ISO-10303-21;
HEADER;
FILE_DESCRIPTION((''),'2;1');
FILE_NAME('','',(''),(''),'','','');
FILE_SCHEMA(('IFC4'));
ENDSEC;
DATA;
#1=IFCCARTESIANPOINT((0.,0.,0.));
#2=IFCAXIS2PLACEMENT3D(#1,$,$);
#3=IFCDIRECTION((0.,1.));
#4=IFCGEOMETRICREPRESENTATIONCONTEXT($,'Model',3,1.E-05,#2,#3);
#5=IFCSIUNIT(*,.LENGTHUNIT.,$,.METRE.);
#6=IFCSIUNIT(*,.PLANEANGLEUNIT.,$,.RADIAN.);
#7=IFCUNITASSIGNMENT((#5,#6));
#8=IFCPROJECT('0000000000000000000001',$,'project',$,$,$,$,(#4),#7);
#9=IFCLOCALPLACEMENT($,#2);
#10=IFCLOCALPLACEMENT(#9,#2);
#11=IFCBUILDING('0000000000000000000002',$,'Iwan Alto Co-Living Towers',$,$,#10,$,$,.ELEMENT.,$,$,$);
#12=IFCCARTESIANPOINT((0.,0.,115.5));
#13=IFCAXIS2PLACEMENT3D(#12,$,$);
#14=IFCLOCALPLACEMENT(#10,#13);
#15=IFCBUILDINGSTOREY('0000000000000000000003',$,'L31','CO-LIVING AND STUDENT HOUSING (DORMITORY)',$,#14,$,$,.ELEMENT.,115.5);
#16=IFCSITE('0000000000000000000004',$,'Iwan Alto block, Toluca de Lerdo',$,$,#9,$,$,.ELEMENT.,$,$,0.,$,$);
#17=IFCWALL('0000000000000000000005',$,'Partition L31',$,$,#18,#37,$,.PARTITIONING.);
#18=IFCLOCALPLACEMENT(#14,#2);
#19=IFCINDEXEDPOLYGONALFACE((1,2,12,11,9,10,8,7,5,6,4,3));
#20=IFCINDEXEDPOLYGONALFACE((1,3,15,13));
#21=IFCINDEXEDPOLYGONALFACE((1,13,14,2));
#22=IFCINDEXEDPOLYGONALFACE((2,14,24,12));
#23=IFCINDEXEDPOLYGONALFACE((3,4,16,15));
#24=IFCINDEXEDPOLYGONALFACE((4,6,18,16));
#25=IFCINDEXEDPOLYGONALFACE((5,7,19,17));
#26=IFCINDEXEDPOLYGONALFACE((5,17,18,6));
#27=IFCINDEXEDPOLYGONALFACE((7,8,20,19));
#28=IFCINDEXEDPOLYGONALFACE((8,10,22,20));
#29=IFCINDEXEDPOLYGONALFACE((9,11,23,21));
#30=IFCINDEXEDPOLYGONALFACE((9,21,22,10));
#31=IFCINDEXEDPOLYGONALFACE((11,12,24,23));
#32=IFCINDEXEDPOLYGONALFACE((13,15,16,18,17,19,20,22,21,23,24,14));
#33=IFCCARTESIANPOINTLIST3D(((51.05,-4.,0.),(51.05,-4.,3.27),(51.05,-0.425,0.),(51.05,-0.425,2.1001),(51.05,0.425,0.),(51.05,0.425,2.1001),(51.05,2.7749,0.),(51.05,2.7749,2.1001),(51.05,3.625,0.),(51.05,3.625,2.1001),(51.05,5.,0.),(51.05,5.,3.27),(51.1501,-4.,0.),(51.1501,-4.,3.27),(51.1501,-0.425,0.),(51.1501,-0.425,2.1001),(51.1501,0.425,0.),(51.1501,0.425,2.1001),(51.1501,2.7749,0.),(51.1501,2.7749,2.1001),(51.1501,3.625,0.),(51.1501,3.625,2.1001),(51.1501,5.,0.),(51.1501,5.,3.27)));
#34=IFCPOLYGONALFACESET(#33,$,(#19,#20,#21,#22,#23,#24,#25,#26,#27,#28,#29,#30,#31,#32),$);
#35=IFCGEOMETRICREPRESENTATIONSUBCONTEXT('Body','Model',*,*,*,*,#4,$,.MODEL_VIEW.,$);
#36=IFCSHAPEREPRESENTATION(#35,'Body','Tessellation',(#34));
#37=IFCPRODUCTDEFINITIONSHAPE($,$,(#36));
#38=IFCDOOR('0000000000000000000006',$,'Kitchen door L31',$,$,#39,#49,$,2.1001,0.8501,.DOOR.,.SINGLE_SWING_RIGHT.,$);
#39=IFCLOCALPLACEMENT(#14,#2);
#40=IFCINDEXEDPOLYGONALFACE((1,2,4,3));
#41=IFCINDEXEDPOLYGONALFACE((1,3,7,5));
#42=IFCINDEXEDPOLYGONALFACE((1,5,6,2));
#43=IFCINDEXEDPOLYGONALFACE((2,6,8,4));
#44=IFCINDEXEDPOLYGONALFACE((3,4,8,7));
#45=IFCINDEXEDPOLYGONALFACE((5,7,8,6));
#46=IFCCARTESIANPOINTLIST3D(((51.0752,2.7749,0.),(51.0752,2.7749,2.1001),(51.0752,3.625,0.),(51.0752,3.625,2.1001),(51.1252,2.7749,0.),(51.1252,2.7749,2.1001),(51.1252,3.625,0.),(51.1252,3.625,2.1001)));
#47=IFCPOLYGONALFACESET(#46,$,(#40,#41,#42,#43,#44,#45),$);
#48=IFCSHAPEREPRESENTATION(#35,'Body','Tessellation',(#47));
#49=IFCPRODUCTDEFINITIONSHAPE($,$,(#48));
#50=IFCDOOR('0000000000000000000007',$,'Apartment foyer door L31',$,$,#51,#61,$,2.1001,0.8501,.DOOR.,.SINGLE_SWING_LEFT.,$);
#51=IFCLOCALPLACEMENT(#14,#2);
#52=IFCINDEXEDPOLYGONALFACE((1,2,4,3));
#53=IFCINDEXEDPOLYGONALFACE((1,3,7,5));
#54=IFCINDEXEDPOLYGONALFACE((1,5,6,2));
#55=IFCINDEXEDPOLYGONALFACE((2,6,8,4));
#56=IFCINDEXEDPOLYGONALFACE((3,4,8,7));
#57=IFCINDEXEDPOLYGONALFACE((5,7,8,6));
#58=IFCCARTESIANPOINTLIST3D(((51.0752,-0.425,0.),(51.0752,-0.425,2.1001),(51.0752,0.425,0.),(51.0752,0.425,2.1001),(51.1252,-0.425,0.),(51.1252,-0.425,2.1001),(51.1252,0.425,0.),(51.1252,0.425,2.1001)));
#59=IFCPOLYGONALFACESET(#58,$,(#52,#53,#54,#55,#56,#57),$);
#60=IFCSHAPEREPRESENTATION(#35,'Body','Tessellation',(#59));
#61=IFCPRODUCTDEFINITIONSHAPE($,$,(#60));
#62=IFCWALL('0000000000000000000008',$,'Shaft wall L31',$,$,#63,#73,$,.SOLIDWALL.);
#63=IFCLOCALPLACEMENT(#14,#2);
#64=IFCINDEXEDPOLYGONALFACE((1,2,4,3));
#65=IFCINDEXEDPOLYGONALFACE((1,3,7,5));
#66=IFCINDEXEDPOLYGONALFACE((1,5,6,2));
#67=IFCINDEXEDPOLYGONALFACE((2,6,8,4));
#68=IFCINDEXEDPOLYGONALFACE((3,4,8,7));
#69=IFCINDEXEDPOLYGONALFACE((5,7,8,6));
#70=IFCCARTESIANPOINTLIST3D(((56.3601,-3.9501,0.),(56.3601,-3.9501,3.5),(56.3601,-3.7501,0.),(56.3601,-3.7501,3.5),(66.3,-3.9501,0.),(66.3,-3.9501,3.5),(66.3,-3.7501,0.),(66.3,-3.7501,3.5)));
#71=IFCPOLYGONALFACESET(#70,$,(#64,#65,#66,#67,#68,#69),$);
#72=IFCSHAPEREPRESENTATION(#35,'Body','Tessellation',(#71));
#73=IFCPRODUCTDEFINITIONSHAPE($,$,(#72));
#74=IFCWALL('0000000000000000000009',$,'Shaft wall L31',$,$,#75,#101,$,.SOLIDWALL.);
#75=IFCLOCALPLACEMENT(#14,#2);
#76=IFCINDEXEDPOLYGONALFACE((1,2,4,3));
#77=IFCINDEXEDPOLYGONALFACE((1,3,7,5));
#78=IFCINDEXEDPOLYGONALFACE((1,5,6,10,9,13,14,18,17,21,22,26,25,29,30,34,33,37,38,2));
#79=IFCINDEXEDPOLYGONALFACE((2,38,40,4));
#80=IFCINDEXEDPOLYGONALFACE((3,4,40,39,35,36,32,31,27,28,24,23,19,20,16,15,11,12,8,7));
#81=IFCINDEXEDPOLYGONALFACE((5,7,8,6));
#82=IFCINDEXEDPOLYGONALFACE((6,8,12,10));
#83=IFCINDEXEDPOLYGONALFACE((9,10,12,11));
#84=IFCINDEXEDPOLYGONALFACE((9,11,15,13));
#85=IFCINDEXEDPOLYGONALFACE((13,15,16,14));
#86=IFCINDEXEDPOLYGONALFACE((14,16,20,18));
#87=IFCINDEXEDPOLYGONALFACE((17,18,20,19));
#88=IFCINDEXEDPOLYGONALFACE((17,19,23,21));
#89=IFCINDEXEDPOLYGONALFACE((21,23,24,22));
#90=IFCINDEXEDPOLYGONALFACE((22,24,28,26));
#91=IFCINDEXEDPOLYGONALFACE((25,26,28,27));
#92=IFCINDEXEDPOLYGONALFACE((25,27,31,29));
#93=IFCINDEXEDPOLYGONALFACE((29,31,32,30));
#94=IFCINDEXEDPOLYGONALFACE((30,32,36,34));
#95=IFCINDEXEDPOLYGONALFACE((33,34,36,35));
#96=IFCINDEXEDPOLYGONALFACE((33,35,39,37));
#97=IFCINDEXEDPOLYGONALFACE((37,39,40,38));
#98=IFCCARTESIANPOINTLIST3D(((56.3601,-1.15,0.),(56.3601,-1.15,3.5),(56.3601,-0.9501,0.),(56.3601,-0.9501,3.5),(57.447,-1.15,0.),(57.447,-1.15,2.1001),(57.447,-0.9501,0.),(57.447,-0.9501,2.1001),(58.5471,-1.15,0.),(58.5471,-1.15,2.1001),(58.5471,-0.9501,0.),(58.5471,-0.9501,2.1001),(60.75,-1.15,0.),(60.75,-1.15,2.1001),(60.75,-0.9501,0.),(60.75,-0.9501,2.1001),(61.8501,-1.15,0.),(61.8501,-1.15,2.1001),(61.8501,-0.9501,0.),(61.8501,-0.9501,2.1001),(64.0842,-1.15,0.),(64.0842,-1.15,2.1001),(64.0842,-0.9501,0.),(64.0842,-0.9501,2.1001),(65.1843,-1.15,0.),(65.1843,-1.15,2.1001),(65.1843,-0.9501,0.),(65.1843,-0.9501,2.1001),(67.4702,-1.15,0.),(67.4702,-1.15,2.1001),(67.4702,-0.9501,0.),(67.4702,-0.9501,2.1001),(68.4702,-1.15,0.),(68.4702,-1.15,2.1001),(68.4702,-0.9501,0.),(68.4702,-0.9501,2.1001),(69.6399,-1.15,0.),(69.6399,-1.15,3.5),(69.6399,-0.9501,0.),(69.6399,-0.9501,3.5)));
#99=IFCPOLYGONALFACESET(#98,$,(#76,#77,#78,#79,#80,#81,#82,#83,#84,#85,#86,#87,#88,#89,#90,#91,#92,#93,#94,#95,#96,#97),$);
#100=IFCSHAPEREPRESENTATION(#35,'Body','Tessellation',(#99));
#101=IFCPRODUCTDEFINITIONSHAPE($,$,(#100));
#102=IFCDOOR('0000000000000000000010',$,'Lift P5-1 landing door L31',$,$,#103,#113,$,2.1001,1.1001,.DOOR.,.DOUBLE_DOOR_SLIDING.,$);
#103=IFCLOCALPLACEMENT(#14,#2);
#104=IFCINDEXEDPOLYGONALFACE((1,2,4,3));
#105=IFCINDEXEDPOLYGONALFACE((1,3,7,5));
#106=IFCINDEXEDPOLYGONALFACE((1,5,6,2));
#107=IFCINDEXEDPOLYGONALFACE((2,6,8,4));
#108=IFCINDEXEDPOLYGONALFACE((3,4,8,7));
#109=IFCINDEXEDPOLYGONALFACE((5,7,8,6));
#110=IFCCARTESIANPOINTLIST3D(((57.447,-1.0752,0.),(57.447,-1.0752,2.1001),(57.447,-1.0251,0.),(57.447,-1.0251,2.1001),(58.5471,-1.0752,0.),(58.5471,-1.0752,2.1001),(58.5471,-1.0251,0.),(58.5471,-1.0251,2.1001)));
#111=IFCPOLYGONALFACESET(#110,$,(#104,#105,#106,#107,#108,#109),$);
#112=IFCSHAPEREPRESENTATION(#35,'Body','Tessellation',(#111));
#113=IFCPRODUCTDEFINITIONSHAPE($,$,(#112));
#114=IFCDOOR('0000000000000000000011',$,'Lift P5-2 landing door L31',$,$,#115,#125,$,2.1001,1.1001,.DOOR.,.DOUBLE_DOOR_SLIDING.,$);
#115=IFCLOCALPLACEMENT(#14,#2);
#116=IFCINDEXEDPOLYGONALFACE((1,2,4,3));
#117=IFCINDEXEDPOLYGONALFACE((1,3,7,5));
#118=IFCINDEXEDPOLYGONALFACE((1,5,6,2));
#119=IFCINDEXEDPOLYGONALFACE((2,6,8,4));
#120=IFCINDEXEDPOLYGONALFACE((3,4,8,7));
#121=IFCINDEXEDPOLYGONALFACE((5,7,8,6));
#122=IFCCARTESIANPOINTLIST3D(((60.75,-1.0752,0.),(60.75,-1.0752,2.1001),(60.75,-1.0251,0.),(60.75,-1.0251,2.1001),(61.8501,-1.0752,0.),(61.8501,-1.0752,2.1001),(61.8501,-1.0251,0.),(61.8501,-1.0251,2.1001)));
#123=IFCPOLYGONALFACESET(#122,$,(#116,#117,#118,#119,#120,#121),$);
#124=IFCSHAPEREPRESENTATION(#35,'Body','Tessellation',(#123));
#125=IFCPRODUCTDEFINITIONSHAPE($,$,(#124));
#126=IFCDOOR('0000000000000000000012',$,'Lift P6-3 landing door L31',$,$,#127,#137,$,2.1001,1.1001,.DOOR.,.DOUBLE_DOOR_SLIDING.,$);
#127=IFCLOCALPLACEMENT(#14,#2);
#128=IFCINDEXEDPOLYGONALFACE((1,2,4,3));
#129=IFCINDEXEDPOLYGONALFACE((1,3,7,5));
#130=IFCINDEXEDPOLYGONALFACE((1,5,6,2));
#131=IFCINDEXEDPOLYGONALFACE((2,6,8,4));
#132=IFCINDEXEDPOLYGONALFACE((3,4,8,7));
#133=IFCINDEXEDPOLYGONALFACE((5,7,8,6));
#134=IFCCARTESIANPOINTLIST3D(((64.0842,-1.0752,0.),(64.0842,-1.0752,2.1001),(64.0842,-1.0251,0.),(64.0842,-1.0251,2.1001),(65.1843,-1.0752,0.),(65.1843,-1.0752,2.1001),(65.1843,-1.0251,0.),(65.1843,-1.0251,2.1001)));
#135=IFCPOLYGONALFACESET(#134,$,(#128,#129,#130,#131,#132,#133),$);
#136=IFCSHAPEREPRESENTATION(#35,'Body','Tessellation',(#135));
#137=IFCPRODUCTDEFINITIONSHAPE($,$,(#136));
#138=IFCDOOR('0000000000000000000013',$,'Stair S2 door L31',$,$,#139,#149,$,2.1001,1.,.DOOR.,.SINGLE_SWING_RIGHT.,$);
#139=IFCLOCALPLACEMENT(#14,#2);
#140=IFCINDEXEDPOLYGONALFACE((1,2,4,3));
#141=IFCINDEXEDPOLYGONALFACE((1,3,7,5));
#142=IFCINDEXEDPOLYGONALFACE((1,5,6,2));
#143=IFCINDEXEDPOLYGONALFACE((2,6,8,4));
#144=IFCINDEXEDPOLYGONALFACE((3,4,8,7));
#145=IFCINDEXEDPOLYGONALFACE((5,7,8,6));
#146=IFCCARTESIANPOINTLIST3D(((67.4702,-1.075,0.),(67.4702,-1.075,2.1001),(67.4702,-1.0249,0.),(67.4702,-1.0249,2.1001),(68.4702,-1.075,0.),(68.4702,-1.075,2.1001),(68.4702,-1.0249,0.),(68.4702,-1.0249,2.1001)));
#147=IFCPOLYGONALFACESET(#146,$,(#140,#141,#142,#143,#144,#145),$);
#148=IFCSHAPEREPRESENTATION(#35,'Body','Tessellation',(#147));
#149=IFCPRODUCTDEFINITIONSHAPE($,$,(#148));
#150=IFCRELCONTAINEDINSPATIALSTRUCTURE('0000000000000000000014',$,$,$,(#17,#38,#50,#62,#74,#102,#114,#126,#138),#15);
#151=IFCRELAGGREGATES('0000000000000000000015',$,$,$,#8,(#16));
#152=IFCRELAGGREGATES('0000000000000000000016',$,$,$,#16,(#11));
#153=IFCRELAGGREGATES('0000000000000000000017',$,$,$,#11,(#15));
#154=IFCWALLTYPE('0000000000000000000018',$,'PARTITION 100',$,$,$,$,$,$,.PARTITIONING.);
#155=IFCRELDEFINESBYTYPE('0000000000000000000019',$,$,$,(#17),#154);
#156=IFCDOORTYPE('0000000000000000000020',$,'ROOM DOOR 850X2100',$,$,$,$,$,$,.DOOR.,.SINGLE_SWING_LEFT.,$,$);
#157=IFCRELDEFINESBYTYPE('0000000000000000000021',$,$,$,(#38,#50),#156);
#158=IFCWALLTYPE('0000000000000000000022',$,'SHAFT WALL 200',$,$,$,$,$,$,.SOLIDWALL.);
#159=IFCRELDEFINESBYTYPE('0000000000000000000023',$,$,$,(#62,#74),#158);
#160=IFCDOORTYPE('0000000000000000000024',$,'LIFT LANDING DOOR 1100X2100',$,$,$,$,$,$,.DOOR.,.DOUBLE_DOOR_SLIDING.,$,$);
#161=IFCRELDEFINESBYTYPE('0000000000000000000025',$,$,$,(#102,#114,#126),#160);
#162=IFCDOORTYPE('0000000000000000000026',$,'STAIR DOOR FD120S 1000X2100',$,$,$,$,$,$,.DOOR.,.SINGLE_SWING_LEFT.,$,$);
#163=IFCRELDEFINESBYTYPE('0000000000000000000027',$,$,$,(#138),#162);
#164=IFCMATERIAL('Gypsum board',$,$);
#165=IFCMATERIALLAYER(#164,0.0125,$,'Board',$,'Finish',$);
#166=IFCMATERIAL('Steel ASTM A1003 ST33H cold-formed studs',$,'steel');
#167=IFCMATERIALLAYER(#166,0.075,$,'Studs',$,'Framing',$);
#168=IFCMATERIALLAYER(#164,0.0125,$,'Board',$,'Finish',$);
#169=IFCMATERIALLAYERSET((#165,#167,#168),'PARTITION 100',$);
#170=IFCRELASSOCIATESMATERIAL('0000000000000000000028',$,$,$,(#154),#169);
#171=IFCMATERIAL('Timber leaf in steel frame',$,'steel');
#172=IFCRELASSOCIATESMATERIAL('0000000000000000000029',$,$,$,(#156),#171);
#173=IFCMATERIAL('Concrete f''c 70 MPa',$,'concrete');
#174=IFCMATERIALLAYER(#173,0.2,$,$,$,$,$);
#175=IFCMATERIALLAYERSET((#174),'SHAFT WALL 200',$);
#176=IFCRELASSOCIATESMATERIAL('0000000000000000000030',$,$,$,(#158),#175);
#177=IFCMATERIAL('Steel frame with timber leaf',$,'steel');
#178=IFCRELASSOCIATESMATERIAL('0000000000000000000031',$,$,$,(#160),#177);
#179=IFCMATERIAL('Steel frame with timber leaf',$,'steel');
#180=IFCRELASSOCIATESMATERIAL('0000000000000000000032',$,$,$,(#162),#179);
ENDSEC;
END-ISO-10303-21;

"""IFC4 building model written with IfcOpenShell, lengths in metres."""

from ifc_helpers import new_model, si_unit, direction, frame, frame_2d, origin, place, context, subcontext, project, spatial, rectangle, extrude, material, layer, layer_set, type_object, element, fill, save


model = new_model("IFC4")

# Units and contexts
model_context = context("Model", 3, precision=1e-05, world=origin(), true_north=direction((0.0, 1.0)))
body_context = subcontext(model_context, "Body", "Model", "MODEL_VIEW")
ifc_project = project(units=[si_unit("LENGTHUNIT", "METRE"), si_unit("PLANEANGLEUNIT", "RADIAN")], contexts=[model_context])

# Site, building, storey
site_placement = place(None, origin())
site = spatial("IfcSite", under=ifc_project, at=site_placement, Name="Iwan Alto block, Toluca de Lerdo", CompositionType="ELEMENT", RefElevation=0.0)
building_placement = place(site_placement, origin())
building = spatial("IfcBuilding", under=site, at=building_placement, Name="Iwan Alto Co-Living Towers", CompositionType="ELEMENT")
storey_placement = place(building_placement, frame((0.0, 0.0, 115.5)))
storey = spatial("IfcBuildingStorey", under=building, at=storey_placement, Name="L31", Description="CO-LIVING AND STUDENT HOUSING (DORMITORY)", CompositionType="ELEMENT", Elevation=115.5)

# Shared definitions
ifc_material_1 = material(Name="Gypsum board")
ifc_layer_1 = layer(ifc_material_1, 0.0125, Name="Board", Category="Finish")
ifc_material_2 = material(Name="Steel ASTM A1003 ST33H cold-formed studs", Category="steel")
ifc_layer_2 = layer(ifc_material_2, 0.075, Name="Studs", Category="Framing")
ifc_layer_3 = layer(ifc_material_1, 0.0125, Name="Board", Category="Finish")
ifc_layer_set_1 = layer_set([ifc_layer_1, ifc_layer_2, ifc_layer_3], Name="PARTITION 100")
wall_type_1 = type_object("IfcWallType", Name="PARTITION 100", PredefinedType="PARTITIONING", material=ifc_layer_set_1)

# Wall, openings, doors
wall_1_placement = place(storey_placement, frame((51.1001, -4.0, 0.0), z_axis=(0.0, 0.0, 1.0), x_axis=(0.0, 1.0, 0.0)))
wall_1 = element("IfcWall", 1, at=wall_1_placement, inside=storey, type_object=wall_type_1, Name="Partition L31", PredefinedType="PARTITIONING", context=body_context, shape_type="SweptSolid", body=[
    extrude(rectangle(XDim=9.0, YDim=0.1001, at=frame_2d((4.5, 0.0))), origin(), (0.0, 0.0, 1.0), 3.27),
])
opening_1_placement = place(wall_1_placement, frame((6.7749, 0.0, 0.0)))
opening_1 = element("IfcOpeningElement", 2, at=opening_1_placement, cuts=wall_1, PredefinedType="OPENING", context=body_context, shape_type="SweptSolid", body=[
    extrude(rectangle(XDim=0.8501, YDim=2.1001, at=frame_2d((0.425, 1.05))), frame((0.0, 0.0601, 0.0), z_axis=(0.0, -1.0, 0.0), x_axis=(1.0, 0.0, 0.0)), (0.0, 0.0, 1.0), 0.1201),
])
opening_2_placement = place(wall_1_placement, frame((3.575, 0.0, 0.0)))
opening_2 = element("IfcOpeningElement", 3, at=opening_2_placement, cuts=wall_1, PredefinedType="OPENING", context=body_context, shape_type="SweptSolid", body=[
    extrude(rectangle(XDim=0.8501, YDim=2.1001, at=frame_2d((0.425, 1.05))), frame((0.0, 0.0601, 0.0), z_axis=(0.0, -1.0, 0.0), x_axis=(1.0, 0.0, 0.0)), (0.0, 0.0, 1.0), 0.1201),
])
ifc_material_3 = material(Name="Timber leaf in steel frame", Category="steel")
door_type_1 = type_object("IfcDoorType", Name="ROOM DOOR 850X2100", OperationType="SINGLE_SWING_LEFT", PredefinedType="DOOR", material=ifc_material_3)
door_1_placement = place(opening_1_placement, origin())
door_1 = element("IfcDoor", 4, at=door_1_placement, inside=storey, type_object=door_type_1, Name="Kitchen door L31", OperationType="SINGLE_SWING_RIGHT", OverallHeight=2.1001, OverallWidth=0.8501, PredefinedType="DOOR", context=body_context, shape_type="SweptSolid", body=[
    extrude(rectangle(XDim=0.8501, YDim=2.1001, at=frame_2d((0.425, 1.05))), frame((0.0, 0.0249, 0.0), z_axis=(0.0, -1.0, 0.0), x_axis=(1.0, 0.0, 0.0)), (0.0, 0.0, 1.0), 0.05),
])
fill(opening_1, door_1)
door_2_placement = place(opening_2_placement, origin())
door_2 = element("IfcDoor", 5, at=door_2_placement, inside=storey, type_object=door_type_1, Name="Apartment foyer door L31", OperationType="SINGLE_SWING_LEFT", OverallHeight=2.1001, OverallWidth=0.8501, PredefinedType="DOOR", context=body_context, shape_type="SweptSolid", body=[
    extrude(rectangle(XDim=0.8501, YDim=2.1001, at=frame_2d((0.425, 1.05))), frame((0.0, 0.0249, 0.0), z_axis=(0.0, -1.0, 0.0), x_axis=(1.0, 0.0, 0.0)), (0.0, 0.0, 1.0), 0.05),
])
fill(opening_2, door_2)

# Wall
ifc_material_4 = material(Name="Concrete f'c 70 MPa", Category="concrete")
ifc_layer_4 = layer(ifc_material_4, 0.2)
ifc_layer_set_2 = layer_set([ifc_layer_4], Name="SHAFT WALL 200")
wall_type_2 = type_object("IfcWallType", Name="SHAFT WALL 200", PredefinedType="SOLIDWALL", material=ifc_layer_set_2)
wall_2_placement = place(storey_placement, frame((56.3601, -3.8501, 0.0), z_axis=(0.0, 0.0, 1.0), x_axis=(1.0, 0.0, 0.0)))
element("IfcWall", 6, at=wall_2_placement, inside=storey, type_object=wall_type_2, Name="Shaft wall L31", PredefinedType="SOLIDWALL", context=body_context, shape_type="SweptSolid", body=[
    extrude(rectangle(XDim=9.9399, YDim=0.2, at=frame_2d((4.97, 0.0))), origin(), (0.0, 0.0, 1.0), 3.5),
])

# Wall, openings, doors
wall_3_placement = place(storey_placement, frame((56.3601, -1.05, 0.0), z_axis=(0.0, 0.0, 1.0), x_axis=(1.0, 0.0, 0.0)))
wall_3 = element("IfcWall", 7, at=wall_3_placement, inside=storey, type_object=wall_type_2, Name="Shaft wall L31", PredefinedType="SOLIDWALL", context=body_context, shape_type="SweptSolid", body=[
    extrude(rectangle(XDim=13.2798, YDim=0.2, at=frame_2d((6.6399, 0.0))), origin(), (0.0, 0.0, 1.0), 3.5),
])
opening_3_placement = place(wall_3_placement, frame((11.1101, 0.0, 0.0)))
opening_3 = element("IfcOpeningElement", 8, at=opening_3_placement, cuts=wall_3, PredefinedType="OPENING", context=body_context, shape_type="SweptSolid", body=[
    extrude(rectangle(XDim=1.0, YDim=2.1001, at=frame_2d((0.5, 1.05))), frame((0.0, 0.1099, 0.0), z_axis=(0.0, -1.0, 0.0), x_axis=(1.0, 0.0, 0.0)), (0.0, 0.0, 1.0), 0.22),
])
opening_4_placement = place(wall_3_placement, frame((1.0869, 0.0, 0.0)))
opening_4 = element("IfcOpeningElement", 9, at=opening_4_placement, cuts=wall_3, PredefinedType="OPENING", context=body_context, shape_type="SweptSolid", body=[
    extrude(rectangle(XDim=1.1001, YDim=2.1001, at=frame_2d((0.55, 1.05))), frame((0.0, 0.1099, 0.0), z_axis=(0.0, -1.0, 0.0), x_axis=(1.0, 0.0, 0.0)), (0.0, 0.0, 1.0), 0.22),
])
opening_5_placement = place(wall_3_placement, frame((4.3899, 0.0, 0.0)))
opening_5 = element("IfcOpeningElement", 10, at=opening_5_placement, cuts=wall_3, PredefinedType="OPENING", context=body_context, shape_type="SweptSolid", body=[
    extrude(rectangle(XDim=1.1001, YDim=2.1001, at=frame_2d((0.55, 1.05))), frame((0.0, 0.1099, 0.0), z_axis=(0.0, -1.0, 0.0), x_axis=(1.0, 0.0, 0.0)), (0.0, 0.0, 1.0), 0.22),
])
opening_6_placement = place(wall_3_placement, frame((7.7241, 0.0, 0.0)))
opening_6 = element("IfcOpeningElement", 11, at=opening_6_placement, cuts=wall_3, PredefinedType="OPENING", context=body_context, shape_type="SweptSolid", body=[
    extrude(rectangle(XDim=1.1001, YDim=2.1001, at=frame_2d((0.55, 1.05))), frame((0.0, 0.1099, 0.0), z_axis=(0.0, -1.0, 0.0), x_axis=(1.0, 0.0, 0.0)), (0.0, 0.0, 1.0), 0.22),
])
ifc_material_5 = material(Name="Steel frame with timber leaf", Category="steel")
door_type_2 = type_object("IfcDoorType", Name="LIFT LANDING DOOR 1100X2100", OperationType="DOUBLE_DOOR_SLIDING", PredefinedType="DOOR", material=ifc_material_5)
door_3_placement = place(opening_4_placement, origin())
door_3 = element("IfcDoor", 12, at=door_3_placement, inside=storey, type_object=door_type_2, Name="Lift P5-1 landing door L31", OperationType="DOUBLE_DOOR_SLIDING", OverallHeight=2.1001, OverallWidth=1.1001, PredefinedType="DOOR", context=body_context, shape_type="SweptSolid", body=[
    extrude(rectangle(XDim=1.1001, YDim=2.1001, at=frame_2d((0.55, 1.05))), frame((0.0, 0.0249, 0.0), z_axis=(0.0, -1.0, 0.0), x_axis=(1.0, 0.0, 0.0)), (0.0, 0.0, 1.0), 0.05),
])
fill(opening_4, door_3)
door_4_placement = place(opening_5_placement, origin())
door_4 = element("IfcDoor", 13, at=door_4_placement, inside=storey, type_object=door_type_2, Name="Lift P5-2 landing door L31", OperationType="DOUBLE_DOOR_SLIDING", OverallHeight=2.1001, OverallWidth=1.1001, PredefinedType="DOOR", context=body_context, shape_type="SweptSolid", body=[
    extrude(rectangle(XDim=1.1001, YDim=2.1001, at=frame_2d((0.55, 1.05))), frame((0.0, 0.0249, 0.0), z_axis=(0.0, -1.0, 0.0), x_axis=(1.0, 0.0, 0.0)), (0.0, 0.0, 1.0), 0.05),
])
fill(opening_5, door_4)
door_5_placement = place(opening_6_placement, origin())
door_5 = element("IfcDoor", 14, at=door_5_placement, inside=storey, type_object=door_type_2, Name="Lift P6-3 landing door L31", OperationType="DOUBLE_DOOR_SLIDING", OverallHeight=2.1001, OverallWidth=1.1001, PredefinedType="DOOR", context=body_context, shape_type="SweptSolid", body=[
    extrude(rectangle(XDim=1.1001, YDim=2.1001, at=frame_2d((0.55, 1.05))), frame((0.0, 0.0249, 0.0), z_axis=(0.0, -1.0, 0.0), x_axis=(1.0, 0.0, 0.0)), (0.0, 0.0, 1.0), 0.05),
])
fill(opening_6, door_5)
ifc_material_6 = material(Name="Steel frame with timber leaf", Category="steel")
door_type_3 = type_object("IfcDoorType", Name="STAIR DOOR FD120S 1000X2100", OperationType="SINGLE_SWING_LEFT", PredefinedType="DOOR", material=ifc_material_6)
door_6_placement = place(opening_3_placement, frame((1.0, 0.0, 0.0), z_axis=(0.0, 0.0, 1.0), x_axis=(-1.0, 0.0, 0.0)))
door_6 = element("IfcDoor", 15, at=door_6_placement, inside=storey, type_object=door_type_3, Name="Stair S2 door L31", OperationType="SINGLE_SWING_RIGHT", OverallHeight=2.1001, OverallWidth=1.0, PredefinedType="DOOR", context=body_context, shape_type="SweptSolid", body=[
    extrude(rectangle(XDim=1.0, YDim=2.1001, at=frame_2d((0.5, 1.05))), frame((0.0, 0.0249, 0.0), z_axis=(0.0, -1.0, 0.0), x_axis=(1.0, 0.0, 0.0)), (0.0, 0.0, 1.0), 0.05),
])
fill(opening_3, door_6)

save(model, "model.ifc")
